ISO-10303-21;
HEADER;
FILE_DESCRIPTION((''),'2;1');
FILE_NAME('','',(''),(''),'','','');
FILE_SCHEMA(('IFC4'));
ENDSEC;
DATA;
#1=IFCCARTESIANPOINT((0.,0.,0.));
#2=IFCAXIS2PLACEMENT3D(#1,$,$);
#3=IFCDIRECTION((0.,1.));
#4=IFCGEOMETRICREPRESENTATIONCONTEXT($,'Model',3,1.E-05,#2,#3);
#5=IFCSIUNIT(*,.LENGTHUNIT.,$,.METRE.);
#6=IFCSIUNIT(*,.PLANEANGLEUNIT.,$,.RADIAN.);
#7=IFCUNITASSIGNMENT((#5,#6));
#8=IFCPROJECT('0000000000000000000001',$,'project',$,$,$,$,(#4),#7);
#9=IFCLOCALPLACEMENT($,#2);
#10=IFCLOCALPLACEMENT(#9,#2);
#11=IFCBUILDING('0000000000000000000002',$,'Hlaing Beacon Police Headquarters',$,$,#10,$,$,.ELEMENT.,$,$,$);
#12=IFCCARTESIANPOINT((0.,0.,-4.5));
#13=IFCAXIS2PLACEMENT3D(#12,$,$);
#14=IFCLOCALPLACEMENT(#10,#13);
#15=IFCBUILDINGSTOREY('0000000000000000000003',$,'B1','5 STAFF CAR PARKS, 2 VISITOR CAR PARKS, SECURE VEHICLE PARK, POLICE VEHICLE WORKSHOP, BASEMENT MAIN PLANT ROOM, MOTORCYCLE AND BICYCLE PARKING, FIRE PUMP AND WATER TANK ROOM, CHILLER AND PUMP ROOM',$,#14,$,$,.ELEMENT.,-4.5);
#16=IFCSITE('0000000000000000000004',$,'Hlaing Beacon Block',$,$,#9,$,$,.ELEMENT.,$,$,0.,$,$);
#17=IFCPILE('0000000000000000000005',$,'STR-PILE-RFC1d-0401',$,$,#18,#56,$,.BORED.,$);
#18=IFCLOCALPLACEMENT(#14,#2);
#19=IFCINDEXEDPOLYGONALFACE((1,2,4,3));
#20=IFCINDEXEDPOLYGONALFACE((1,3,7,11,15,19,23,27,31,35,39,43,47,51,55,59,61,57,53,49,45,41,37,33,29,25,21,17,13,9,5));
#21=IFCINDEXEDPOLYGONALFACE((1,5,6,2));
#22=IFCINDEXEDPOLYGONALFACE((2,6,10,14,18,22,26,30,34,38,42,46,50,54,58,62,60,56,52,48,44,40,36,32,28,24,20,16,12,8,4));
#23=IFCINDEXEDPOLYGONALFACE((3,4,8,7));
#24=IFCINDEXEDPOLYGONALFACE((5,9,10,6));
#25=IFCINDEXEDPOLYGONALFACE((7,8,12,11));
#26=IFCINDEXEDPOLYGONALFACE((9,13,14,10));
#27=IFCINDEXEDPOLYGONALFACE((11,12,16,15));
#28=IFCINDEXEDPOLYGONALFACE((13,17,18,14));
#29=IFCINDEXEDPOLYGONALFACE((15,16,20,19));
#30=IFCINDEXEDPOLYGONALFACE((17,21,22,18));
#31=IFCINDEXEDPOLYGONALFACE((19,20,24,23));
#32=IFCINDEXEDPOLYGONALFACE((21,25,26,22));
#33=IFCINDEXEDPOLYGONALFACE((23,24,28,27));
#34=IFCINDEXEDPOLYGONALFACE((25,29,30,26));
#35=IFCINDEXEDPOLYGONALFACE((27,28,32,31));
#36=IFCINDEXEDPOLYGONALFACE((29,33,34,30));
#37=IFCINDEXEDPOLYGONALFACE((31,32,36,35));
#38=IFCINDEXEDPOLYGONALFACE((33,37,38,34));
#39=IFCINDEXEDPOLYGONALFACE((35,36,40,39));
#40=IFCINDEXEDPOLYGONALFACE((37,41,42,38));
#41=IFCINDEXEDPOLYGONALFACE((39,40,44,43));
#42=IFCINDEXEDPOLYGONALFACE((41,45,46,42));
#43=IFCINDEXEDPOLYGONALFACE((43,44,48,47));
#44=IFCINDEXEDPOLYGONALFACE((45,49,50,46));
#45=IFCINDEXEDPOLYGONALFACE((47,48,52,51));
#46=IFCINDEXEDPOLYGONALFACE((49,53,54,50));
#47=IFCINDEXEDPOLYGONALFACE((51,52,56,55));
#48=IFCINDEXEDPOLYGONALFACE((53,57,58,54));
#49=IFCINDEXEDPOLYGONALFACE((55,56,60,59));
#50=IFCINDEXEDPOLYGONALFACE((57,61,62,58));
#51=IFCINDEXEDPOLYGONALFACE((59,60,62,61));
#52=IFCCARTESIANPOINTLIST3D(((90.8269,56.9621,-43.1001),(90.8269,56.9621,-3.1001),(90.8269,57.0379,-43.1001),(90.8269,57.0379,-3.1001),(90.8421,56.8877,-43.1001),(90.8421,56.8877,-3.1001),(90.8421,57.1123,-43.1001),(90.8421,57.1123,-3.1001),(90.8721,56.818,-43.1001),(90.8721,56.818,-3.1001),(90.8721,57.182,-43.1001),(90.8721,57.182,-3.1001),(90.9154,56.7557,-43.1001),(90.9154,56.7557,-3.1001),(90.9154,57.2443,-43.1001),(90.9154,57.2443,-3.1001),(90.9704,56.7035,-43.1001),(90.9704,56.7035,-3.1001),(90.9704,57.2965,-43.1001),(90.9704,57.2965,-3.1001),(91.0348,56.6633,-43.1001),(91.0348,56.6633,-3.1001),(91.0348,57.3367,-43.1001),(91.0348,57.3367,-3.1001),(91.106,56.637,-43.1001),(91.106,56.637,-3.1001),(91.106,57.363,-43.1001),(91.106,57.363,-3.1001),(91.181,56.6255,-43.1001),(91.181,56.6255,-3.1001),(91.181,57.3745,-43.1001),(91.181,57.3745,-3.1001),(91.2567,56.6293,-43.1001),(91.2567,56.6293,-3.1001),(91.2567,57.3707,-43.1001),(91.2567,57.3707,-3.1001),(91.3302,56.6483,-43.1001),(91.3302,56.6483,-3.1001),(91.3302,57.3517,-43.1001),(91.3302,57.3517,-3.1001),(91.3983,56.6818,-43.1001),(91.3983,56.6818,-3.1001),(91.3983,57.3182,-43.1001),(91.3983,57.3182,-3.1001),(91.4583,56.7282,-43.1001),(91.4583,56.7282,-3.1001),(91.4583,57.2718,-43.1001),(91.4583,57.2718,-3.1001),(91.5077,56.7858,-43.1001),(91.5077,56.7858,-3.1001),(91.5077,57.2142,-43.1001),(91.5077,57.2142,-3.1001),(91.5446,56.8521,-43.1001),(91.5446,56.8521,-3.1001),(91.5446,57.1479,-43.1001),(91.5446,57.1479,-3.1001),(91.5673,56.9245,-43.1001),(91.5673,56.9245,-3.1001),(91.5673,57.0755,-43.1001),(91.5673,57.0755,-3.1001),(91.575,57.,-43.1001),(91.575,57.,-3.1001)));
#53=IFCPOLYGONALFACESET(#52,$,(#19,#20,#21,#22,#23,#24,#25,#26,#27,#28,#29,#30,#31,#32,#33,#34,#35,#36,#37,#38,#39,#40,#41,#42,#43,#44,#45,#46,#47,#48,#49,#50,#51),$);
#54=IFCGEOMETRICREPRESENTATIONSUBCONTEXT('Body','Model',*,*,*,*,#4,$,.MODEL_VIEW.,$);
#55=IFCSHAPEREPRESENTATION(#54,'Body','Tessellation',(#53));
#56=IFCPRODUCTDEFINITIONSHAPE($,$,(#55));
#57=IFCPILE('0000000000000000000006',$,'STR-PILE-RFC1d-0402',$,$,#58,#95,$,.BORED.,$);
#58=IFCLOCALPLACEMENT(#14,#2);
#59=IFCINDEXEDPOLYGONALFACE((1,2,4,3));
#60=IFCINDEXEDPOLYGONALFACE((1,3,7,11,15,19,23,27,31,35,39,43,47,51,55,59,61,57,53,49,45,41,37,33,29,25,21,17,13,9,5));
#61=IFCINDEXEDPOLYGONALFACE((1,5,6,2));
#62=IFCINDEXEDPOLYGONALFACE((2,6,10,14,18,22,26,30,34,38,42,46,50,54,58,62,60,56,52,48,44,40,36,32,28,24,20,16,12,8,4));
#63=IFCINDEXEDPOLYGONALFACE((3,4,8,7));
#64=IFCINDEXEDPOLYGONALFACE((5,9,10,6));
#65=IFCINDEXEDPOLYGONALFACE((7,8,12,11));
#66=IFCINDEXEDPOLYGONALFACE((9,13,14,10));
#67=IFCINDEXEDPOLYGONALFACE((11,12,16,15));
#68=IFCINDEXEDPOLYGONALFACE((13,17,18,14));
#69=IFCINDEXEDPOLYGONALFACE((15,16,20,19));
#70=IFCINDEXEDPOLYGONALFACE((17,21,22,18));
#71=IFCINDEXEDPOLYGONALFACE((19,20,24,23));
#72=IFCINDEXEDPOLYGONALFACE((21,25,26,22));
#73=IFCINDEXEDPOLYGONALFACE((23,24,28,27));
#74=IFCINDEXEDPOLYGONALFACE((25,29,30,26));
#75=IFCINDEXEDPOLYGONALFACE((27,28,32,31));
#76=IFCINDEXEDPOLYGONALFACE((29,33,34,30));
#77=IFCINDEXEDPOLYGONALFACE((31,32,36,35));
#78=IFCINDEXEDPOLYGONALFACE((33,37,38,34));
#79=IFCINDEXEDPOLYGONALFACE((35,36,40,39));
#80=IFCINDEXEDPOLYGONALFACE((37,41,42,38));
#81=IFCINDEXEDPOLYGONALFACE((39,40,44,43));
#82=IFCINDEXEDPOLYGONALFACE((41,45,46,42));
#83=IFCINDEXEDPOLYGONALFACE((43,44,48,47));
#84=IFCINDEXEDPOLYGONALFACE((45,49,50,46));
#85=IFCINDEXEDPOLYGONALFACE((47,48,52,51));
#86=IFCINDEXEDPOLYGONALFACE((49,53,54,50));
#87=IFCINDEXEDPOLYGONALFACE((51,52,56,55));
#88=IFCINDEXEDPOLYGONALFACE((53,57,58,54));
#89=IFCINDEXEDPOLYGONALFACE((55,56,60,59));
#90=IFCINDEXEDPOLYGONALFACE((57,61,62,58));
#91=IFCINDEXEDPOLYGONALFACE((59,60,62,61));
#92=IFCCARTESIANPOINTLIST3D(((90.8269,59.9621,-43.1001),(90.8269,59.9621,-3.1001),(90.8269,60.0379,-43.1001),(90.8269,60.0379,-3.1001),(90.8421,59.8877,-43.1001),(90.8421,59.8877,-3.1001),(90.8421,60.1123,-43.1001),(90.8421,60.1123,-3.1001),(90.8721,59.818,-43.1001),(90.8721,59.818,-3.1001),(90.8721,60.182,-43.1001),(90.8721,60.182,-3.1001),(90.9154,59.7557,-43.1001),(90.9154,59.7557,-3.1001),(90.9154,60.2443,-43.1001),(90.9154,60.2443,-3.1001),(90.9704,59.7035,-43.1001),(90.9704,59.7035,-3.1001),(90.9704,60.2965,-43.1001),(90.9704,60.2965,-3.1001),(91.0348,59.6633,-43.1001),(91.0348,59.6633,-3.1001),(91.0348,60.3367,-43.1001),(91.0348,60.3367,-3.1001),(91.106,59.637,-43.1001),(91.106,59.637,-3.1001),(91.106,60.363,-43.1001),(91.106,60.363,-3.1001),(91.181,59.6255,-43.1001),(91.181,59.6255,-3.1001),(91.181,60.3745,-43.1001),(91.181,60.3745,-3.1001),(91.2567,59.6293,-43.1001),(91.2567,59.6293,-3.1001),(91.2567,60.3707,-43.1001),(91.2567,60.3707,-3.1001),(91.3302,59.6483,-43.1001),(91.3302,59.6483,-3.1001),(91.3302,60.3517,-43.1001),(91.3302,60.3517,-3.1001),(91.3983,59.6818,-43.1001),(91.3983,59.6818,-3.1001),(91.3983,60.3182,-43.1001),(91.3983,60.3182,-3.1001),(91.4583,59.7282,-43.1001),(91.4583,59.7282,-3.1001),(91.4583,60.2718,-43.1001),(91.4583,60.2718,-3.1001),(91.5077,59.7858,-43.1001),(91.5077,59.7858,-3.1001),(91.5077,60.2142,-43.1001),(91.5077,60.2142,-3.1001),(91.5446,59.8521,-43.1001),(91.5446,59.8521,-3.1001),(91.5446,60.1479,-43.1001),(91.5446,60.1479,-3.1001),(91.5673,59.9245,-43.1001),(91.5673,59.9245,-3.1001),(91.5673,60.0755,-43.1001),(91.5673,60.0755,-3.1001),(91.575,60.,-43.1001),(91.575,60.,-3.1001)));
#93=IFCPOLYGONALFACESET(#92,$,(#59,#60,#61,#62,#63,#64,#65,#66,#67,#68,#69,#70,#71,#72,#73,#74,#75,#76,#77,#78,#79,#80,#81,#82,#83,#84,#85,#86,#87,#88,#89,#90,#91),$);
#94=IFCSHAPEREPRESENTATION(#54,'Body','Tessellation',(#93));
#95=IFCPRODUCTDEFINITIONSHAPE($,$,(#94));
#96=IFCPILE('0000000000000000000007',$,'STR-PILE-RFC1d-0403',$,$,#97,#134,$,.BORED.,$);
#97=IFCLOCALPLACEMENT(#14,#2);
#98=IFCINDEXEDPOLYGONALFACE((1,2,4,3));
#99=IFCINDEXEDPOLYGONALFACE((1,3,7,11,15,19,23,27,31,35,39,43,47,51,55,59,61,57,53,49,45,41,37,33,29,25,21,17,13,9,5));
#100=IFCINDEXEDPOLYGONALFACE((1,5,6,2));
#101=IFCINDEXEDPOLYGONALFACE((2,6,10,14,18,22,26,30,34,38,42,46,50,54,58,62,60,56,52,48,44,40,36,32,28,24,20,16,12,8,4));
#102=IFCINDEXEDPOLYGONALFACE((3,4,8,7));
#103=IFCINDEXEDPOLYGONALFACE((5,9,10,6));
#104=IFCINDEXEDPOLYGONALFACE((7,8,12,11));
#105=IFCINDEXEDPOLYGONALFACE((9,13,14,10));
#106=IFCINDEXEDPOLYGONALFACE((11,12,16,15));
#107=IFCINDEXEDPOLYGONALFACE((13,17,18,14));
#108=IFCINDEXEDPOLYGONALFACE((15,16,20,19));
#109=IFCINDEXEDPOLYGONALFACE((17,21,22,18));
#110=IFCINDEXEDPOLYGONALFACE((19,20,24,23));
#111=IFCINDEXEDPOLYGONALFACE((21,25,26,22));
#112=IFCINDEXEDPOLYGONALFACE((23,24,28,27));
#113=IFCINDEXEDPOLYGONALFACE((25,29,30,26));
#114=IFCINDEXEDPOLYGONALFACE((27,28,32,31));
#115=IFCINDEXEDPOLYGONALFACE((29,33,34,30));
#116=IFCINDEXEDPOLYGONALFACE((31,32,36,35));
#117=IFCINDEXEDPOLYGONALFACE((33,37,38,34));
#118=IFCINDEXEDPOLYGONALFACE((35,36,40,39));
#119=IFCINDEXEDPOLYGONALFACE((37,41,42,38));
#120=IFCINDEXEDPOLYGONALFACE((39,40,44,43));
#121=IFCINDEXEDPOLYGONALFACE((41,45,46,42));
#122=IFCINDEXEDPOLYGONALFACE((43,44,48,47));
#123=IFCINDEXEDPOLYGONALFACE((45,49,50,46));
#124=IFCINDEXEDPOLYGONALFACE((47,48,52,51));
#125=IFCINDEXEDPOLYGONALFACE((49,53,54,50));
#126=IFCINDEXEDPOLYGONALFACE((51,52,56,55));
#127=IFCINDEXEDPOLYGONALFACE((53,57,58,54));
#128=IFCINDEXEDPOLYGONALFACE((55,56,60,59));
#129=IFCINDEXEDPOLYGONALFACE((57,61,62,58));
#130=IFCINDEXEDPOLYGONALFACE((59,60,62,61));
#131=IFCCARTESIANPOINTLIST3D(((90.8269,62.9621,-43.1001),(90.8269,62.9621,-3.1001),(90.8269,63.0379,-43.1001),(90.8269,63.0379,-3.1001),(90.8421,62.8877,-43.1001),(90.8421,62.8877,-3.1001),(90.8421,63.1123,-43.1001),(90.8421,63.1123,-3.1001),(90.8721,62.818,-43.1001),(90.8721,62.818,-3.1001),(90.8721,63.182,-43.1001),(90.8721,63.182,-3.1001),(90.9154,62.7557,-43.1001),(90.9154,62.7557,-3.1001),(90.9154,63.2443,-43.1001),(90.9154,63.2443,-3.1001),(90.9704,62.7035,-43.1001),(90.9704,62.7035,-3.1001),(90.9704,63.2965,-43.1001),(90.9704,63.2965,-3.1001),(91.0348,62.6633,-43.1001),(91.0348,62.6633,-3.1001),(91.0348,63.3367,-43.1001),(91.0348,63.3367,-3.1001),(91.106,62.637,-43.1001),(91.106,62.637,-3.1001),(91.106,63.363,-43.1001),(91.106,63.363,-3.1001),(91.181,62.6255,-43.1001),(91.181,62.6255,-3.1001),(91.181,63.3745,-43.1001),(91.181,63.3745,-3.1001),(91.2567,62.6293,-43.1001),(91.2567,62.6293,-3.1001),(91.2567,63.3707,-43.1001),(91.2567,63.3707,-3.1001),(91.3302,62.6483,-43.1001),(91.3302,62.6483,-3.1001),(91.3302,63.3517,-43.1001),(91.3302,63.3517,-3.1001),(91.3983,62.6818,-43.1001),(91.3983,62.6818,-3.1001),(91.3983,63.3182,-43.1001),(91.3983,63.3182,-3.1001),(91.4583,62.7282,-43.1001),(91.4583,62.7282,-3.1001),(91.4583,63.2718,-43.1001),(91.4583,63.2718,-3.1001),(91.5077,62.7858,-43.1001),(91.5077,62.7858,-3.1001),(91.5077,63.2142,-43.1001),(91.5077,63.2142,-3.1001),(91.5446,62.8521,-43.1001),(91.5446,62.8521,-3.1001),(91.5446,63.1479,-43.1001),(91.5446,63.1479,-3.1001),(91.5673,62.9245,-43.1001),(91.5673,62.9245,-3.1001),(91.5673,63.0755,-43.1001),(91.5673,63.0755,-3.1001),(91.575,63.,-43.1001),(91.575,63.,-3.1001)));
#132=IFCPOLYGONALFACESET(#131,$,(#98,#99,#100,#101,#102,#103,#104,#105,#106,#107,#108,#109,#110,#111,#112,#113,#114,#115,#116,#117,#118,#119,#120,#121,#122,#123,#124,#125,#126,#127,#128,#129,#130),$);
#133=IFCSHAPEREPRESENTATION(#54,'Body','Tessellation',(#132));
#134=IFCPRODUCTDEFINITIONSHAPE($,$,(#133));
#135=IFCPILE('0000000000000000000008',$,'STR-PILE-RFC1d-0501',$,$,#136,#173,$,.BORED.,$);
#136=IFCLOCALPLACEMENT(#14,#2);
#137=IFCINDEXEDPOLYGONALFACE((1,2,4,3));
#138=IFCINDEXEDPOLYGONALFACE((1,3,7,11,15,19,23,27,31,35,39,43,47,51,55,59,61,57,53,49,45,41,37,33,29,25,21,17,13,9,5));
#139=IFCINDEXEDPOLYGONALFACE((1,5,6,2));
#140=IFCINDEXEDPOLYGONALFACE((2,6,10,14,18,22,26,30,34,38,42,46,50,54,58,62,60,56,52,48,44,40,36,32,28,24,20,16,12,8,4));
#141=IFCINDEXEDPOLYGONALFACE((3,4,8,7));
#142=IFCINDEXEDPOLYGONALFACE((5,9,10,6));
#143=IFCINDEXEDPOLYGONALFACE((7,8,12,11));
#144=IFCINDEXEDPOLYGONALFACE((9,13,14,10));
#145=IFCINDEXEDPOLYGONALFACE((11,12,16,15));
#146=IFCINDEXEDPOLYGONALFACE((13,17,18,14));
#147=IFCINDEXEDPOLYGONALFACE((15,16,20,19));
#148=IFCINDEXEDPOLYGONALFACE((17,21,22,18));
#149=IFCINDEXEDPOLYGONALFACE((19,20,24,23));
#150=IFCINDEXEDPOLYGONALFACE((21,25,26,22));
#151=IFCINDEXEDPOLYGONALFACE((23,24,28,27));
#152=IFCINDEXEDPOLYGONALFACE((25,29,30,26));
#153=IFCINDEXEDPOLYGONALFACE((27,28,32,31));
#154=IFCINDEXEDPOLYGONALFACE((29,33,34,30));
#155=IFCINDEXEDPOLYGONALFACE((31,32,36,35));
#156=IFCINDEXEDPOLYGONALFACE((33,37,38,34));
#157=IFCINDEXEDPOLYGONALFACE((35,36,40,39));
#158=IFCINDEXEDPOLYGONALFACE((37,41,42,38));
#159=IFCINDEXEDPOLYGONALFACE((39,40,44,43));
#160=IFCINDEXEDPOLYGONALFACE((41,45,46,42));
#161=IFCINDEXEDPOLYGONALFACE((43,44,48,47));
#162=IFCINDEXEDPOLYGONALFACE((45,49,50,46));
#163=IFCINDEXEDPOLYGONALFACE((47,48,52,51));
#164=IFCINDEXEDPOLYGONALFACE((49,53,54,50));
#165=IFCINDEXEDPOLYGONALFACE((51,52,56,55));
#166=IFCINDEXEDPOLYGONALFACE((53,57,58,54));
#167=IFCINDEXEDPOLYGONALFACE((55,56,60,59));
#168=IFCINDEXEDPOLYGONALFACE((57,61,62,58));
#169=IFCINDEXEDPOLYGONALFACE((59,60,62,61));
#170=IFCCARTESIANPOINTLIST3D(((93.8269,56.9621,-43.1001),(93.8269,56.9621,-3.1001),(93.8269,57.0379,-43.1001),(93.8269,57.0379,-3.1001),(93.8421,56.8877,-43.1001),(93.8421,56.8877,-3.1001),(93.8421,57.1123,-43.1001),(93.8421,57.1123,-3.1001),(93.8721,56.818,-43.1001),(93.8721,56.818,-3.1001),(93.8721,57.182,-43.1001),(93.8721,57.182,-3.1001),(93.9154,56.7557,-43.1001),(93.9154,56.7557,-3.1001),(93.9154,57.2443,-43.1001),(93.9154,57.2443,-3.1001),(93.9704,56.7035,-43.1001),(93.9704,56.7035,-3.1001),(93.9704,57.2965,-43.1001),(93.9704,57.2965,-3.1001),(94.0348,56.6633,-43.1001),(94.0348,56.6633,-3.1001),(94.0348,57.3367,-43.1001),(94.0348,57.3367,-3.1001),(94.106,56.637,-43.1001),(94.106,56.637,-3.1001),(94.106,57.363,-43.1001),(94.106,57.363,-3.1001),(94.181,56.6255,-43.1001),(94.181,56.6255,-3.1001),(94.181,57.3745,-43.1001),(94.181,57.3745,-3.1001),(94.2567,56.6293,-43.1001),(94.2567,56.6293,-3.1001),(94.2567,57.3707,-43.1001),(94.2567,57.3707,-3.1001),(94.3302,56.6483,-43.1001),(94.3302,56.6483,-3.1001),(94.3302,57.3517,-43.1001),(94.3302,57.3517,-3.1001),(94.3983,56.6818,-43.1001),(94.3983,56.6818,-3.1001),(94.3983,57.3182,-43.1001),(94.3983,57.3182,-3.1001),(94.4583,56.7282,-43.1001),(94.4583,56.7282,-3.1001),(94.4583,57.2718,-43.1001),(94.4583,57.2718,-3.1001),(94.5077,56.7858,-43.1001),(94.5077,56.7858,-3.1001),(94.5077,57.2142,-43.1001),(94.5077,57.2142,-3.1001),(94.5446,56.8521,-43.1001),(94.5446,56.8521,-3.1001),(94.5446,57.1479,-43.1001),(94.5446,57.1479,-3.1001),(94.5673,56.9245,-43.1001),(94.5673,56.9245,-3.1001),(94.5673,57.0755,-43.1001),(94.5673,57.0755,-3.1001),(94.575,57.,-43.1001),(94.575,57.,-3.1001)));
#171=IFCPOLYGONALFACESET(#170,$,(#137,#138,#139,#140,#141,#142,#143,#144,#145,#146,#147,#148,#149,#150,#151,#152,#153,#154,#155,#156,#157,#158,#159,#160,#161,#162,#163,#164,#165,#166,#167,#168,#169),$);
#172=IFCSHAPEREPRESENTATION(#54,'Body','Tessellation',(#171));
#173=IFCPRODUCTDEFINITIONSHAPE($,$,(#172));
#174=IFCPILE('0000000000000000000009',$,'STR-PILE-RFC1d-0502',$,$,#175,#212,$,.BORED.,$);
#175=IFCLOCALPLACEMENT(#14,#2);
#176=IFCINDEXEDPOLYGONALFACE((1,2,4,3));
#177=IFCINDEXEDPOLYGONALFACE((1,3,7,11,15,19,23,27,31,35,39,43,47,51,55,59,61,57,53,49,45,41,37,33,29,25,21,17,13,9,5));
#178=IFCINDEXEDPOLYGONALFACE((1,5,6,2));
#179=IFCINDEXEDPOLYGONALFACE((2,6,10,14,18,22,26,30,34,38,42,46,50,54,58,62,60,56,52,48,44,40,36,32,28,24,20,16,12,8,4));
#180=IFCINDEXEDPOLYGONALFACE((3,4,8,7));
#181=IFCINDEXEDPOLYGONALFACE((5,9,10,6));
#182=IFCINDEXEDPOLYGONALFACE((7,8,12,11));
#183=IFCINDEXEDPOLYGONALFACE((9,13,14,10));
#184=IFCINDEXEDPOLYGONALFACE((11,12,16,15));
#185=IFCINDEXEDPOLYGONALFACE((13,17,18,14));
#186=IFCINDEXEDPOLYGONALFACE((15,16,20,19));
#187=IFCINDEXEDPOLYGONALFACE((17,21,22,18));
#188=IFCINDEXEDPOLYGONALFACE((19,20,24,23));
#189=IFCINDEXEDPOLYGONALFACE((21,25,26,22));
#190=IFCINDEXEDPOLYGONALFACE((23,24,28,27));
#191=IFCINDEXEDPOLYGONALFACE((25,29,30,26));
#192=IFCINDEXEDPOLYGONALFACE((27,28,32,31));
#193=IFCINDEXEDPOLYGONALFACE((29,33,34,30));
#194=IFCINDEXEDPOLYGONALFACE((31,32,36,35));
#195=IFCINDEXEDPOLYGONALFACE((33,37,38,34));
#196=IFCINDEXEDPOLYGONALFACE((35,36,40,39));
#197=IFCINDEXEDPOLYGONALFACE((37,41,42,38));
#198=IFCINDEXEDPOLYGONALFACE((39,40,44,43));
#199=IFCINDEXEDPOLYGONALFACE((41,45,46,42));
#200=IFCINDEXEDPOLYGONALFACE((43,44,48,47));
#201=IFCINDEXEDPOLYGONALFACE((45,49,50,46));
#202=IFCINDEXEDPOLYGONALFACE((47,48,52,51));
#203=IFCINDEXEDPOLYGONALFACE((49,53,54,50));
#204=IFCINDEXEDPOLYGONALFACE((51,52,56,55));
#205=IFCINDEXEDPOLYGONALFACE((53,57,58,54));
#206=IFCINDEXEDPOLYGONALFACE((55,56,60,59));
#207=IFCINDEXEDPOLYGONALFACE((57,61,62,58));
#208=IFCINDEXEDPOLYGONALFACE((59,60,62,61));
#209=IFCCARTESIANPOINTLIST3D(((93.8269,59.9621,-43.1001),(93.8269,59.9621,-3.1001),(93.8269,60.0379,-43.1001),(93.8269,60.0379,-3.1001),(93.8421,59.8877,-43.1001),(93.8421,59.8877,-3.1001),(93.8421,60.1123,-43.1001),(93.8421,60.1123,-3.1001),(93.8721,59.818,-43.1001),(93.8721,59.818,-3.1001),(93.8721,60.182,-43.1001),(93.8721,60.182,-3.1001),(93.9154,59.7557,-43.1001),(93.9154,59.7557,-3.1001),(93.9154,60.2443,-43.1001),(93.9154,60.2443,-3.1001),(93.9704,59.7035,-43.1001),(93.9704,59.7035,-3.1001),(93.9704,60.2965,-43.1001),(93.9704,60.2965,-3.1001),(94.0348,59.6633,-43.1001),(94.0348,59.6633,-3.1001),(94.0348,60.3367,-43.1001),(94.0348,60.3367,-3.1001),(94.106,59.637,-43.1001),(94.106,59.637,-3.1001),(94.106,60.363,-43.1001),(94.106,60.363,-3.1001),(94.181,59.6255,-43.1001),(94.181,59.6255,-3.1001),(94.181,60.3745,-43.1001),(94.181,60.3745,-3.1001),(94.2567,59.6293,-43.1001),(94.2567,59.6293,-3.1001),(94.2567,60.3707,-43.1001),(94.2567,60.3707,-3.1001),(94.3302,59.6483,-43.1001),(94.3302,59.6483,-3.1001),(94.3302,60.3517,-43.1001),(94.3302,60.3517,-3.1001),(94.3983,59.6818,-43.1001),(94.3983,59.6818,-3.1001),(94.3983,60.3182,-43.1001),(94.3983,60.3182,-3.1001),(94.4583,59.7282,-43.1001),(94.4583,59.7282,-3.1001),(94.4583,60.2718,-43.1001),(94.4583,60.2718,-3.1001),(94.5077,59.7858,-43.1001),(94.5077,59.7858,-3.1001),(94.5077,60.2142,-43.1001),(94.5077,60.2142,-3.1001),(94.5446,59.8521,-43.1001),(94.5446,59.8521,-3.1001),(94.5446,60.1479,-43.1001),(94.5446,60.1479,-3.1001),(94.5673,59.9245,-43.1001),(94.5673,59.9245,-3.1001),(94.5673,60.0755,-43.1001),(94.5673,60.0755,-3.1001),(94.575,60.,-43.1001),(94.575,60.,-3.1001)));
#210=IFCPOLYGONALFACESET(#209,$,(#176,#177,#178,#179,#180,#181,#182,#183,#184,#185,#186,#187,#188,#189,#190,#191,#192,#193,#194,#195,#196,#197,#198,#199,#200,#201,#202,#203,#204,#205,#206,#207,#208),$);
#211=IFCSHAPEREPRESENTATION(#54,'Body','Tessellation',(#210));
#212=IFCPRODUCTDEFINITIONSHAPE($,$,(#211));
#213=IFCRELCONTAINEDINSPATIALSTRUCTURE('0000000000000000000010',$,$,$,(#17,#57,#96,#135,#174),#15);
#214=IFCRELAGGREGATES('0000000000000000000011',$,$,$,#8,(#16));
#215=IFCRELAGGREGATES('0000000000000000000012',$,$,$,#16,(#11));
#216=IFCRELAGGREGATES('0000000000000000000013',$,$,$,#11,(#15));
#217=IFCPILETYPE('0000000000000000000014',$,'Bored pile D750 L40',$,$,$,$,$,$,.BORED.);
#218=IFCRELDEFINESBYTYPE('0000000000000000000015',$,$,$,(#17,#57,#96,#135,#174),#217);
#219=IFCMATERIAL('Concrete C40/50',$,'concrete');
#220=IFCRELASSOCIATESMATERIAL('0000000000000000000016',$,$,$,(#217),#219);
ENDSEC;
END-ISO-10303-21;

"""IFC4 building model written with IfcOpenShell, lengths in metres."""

from ifc_helpers import new_model, si_unit, direction, frame, origin, origin_2d, place, context, subcontext, project, spatial, circle, extrude, material, material_profile, profile_set, type_object, element, save


model = new_model("IFC4")

# Units and contexts
model_context = context("Model", 3, precision=1e-05, world=origin(), true_north=direction((0.0, 1.0)))
body_context = subcontext(model_context, "Body", "Model", "MODEL_VIEW")
ifc_project = project(units=[si_unit("LENGTHUNIT", "METRE"), si_unit("PLANEANGLEUNIT", "RADIAN")], contexts=[model_context])

# Site, building, storey
site_placement = place(None, origin())
site = spatial("IfcSite", under=ifc_project, at=site_placement, Name="Hlaing Beacon Block", CompositionType="ELEMENT", RefElevation=0.0)
building_placement = place(site_placement, origin())
building = spatial("IfcBuilding", under=site, at=building_placement, Name="Hlaing Beacon Police Headquarters", CompositionType="ELEMENT")
storey_placement = place(building_placement, frame((0.0, 0.0, -4.5)))
storey = spatial("IfcBuildingStorey", under=building, at=storey_placement, Name="B1", Description="5 STAFF CAR PARKS, 2 VISITOR CAR PARKS, SECURE VEHICLE PARK, POLICE VEHICLE WORKSHOP, BASEMENT MAIN PLANT ROOM, MOTORCYCLE AND BICYCLE PARKING, FIRE PUMP AND WATER TANK ROOM, CHILLER AND PUMP ROOM", CompositionType="ELEMENT", Elevation=-4.5)

# Piles
ifc_material_1 = material(Name="Concrete C40/50", Category="concrete")
ifc_material_profile_1 = material_profile(ifc_material_1, circle(Radius=0.375, at=origin_2d()), Name="D750")
ifc_profile_set_1 = profile_set([ifc_material_profile_1], Name="Concrete C40/50")
pile_type_1 = type_object("IfcPileType", Name="Bored pile D750 L40", PredefinedType="BORED", material=ifc_profile_set_1)
for number, where, z_axis, x_axis, name in (
    (1, (91.2, 57.0, -3.1001), (0.0, 0.0, -1.0), (1.0, 0.0, 0.0), "STR-PILE-RFC1d-0401"),
    (2, (91.2, 60.0, -3.1001), (0.0, 0.0, -1.0), (1.0, 0.0, 0.0), "STR-PILE-RFC1d-0402"),
    (3, (91.2, 63.0, -3.1001), (0.0, 0.0, -1.0), (1.0, 0.0, 0.0), "STR-PILE-RFC1d-0403"),
    (4, (94.2, 57.0, -3.1001), (0.0, 0.0, -1.0), (1.0, 0.0, 0.0), "STR-PILE-RFC1d-0501"),
    (5, (94.2, 60.0, -3.1001), (0.0, 0.0, -1.0), (1.0, 0.0, 0.0), "STR-PILE-RFC1d-0502"),
):
    element("IfcPile", number, at=place(storey_placement, frame(where, z_axis=z_axis, x_axis=x_axis)), inside=storey, type_object=pile_type_1, Name=name, PredefinedType="BORED", context=body_context, shape_type="SweptSolid", body=[
        extrude(circle(Radius=0.375, at=origin_2d()), origin(), (0.0, 0.0, 1.0), 40.0),
    ])

save(model, "model.ifc")
